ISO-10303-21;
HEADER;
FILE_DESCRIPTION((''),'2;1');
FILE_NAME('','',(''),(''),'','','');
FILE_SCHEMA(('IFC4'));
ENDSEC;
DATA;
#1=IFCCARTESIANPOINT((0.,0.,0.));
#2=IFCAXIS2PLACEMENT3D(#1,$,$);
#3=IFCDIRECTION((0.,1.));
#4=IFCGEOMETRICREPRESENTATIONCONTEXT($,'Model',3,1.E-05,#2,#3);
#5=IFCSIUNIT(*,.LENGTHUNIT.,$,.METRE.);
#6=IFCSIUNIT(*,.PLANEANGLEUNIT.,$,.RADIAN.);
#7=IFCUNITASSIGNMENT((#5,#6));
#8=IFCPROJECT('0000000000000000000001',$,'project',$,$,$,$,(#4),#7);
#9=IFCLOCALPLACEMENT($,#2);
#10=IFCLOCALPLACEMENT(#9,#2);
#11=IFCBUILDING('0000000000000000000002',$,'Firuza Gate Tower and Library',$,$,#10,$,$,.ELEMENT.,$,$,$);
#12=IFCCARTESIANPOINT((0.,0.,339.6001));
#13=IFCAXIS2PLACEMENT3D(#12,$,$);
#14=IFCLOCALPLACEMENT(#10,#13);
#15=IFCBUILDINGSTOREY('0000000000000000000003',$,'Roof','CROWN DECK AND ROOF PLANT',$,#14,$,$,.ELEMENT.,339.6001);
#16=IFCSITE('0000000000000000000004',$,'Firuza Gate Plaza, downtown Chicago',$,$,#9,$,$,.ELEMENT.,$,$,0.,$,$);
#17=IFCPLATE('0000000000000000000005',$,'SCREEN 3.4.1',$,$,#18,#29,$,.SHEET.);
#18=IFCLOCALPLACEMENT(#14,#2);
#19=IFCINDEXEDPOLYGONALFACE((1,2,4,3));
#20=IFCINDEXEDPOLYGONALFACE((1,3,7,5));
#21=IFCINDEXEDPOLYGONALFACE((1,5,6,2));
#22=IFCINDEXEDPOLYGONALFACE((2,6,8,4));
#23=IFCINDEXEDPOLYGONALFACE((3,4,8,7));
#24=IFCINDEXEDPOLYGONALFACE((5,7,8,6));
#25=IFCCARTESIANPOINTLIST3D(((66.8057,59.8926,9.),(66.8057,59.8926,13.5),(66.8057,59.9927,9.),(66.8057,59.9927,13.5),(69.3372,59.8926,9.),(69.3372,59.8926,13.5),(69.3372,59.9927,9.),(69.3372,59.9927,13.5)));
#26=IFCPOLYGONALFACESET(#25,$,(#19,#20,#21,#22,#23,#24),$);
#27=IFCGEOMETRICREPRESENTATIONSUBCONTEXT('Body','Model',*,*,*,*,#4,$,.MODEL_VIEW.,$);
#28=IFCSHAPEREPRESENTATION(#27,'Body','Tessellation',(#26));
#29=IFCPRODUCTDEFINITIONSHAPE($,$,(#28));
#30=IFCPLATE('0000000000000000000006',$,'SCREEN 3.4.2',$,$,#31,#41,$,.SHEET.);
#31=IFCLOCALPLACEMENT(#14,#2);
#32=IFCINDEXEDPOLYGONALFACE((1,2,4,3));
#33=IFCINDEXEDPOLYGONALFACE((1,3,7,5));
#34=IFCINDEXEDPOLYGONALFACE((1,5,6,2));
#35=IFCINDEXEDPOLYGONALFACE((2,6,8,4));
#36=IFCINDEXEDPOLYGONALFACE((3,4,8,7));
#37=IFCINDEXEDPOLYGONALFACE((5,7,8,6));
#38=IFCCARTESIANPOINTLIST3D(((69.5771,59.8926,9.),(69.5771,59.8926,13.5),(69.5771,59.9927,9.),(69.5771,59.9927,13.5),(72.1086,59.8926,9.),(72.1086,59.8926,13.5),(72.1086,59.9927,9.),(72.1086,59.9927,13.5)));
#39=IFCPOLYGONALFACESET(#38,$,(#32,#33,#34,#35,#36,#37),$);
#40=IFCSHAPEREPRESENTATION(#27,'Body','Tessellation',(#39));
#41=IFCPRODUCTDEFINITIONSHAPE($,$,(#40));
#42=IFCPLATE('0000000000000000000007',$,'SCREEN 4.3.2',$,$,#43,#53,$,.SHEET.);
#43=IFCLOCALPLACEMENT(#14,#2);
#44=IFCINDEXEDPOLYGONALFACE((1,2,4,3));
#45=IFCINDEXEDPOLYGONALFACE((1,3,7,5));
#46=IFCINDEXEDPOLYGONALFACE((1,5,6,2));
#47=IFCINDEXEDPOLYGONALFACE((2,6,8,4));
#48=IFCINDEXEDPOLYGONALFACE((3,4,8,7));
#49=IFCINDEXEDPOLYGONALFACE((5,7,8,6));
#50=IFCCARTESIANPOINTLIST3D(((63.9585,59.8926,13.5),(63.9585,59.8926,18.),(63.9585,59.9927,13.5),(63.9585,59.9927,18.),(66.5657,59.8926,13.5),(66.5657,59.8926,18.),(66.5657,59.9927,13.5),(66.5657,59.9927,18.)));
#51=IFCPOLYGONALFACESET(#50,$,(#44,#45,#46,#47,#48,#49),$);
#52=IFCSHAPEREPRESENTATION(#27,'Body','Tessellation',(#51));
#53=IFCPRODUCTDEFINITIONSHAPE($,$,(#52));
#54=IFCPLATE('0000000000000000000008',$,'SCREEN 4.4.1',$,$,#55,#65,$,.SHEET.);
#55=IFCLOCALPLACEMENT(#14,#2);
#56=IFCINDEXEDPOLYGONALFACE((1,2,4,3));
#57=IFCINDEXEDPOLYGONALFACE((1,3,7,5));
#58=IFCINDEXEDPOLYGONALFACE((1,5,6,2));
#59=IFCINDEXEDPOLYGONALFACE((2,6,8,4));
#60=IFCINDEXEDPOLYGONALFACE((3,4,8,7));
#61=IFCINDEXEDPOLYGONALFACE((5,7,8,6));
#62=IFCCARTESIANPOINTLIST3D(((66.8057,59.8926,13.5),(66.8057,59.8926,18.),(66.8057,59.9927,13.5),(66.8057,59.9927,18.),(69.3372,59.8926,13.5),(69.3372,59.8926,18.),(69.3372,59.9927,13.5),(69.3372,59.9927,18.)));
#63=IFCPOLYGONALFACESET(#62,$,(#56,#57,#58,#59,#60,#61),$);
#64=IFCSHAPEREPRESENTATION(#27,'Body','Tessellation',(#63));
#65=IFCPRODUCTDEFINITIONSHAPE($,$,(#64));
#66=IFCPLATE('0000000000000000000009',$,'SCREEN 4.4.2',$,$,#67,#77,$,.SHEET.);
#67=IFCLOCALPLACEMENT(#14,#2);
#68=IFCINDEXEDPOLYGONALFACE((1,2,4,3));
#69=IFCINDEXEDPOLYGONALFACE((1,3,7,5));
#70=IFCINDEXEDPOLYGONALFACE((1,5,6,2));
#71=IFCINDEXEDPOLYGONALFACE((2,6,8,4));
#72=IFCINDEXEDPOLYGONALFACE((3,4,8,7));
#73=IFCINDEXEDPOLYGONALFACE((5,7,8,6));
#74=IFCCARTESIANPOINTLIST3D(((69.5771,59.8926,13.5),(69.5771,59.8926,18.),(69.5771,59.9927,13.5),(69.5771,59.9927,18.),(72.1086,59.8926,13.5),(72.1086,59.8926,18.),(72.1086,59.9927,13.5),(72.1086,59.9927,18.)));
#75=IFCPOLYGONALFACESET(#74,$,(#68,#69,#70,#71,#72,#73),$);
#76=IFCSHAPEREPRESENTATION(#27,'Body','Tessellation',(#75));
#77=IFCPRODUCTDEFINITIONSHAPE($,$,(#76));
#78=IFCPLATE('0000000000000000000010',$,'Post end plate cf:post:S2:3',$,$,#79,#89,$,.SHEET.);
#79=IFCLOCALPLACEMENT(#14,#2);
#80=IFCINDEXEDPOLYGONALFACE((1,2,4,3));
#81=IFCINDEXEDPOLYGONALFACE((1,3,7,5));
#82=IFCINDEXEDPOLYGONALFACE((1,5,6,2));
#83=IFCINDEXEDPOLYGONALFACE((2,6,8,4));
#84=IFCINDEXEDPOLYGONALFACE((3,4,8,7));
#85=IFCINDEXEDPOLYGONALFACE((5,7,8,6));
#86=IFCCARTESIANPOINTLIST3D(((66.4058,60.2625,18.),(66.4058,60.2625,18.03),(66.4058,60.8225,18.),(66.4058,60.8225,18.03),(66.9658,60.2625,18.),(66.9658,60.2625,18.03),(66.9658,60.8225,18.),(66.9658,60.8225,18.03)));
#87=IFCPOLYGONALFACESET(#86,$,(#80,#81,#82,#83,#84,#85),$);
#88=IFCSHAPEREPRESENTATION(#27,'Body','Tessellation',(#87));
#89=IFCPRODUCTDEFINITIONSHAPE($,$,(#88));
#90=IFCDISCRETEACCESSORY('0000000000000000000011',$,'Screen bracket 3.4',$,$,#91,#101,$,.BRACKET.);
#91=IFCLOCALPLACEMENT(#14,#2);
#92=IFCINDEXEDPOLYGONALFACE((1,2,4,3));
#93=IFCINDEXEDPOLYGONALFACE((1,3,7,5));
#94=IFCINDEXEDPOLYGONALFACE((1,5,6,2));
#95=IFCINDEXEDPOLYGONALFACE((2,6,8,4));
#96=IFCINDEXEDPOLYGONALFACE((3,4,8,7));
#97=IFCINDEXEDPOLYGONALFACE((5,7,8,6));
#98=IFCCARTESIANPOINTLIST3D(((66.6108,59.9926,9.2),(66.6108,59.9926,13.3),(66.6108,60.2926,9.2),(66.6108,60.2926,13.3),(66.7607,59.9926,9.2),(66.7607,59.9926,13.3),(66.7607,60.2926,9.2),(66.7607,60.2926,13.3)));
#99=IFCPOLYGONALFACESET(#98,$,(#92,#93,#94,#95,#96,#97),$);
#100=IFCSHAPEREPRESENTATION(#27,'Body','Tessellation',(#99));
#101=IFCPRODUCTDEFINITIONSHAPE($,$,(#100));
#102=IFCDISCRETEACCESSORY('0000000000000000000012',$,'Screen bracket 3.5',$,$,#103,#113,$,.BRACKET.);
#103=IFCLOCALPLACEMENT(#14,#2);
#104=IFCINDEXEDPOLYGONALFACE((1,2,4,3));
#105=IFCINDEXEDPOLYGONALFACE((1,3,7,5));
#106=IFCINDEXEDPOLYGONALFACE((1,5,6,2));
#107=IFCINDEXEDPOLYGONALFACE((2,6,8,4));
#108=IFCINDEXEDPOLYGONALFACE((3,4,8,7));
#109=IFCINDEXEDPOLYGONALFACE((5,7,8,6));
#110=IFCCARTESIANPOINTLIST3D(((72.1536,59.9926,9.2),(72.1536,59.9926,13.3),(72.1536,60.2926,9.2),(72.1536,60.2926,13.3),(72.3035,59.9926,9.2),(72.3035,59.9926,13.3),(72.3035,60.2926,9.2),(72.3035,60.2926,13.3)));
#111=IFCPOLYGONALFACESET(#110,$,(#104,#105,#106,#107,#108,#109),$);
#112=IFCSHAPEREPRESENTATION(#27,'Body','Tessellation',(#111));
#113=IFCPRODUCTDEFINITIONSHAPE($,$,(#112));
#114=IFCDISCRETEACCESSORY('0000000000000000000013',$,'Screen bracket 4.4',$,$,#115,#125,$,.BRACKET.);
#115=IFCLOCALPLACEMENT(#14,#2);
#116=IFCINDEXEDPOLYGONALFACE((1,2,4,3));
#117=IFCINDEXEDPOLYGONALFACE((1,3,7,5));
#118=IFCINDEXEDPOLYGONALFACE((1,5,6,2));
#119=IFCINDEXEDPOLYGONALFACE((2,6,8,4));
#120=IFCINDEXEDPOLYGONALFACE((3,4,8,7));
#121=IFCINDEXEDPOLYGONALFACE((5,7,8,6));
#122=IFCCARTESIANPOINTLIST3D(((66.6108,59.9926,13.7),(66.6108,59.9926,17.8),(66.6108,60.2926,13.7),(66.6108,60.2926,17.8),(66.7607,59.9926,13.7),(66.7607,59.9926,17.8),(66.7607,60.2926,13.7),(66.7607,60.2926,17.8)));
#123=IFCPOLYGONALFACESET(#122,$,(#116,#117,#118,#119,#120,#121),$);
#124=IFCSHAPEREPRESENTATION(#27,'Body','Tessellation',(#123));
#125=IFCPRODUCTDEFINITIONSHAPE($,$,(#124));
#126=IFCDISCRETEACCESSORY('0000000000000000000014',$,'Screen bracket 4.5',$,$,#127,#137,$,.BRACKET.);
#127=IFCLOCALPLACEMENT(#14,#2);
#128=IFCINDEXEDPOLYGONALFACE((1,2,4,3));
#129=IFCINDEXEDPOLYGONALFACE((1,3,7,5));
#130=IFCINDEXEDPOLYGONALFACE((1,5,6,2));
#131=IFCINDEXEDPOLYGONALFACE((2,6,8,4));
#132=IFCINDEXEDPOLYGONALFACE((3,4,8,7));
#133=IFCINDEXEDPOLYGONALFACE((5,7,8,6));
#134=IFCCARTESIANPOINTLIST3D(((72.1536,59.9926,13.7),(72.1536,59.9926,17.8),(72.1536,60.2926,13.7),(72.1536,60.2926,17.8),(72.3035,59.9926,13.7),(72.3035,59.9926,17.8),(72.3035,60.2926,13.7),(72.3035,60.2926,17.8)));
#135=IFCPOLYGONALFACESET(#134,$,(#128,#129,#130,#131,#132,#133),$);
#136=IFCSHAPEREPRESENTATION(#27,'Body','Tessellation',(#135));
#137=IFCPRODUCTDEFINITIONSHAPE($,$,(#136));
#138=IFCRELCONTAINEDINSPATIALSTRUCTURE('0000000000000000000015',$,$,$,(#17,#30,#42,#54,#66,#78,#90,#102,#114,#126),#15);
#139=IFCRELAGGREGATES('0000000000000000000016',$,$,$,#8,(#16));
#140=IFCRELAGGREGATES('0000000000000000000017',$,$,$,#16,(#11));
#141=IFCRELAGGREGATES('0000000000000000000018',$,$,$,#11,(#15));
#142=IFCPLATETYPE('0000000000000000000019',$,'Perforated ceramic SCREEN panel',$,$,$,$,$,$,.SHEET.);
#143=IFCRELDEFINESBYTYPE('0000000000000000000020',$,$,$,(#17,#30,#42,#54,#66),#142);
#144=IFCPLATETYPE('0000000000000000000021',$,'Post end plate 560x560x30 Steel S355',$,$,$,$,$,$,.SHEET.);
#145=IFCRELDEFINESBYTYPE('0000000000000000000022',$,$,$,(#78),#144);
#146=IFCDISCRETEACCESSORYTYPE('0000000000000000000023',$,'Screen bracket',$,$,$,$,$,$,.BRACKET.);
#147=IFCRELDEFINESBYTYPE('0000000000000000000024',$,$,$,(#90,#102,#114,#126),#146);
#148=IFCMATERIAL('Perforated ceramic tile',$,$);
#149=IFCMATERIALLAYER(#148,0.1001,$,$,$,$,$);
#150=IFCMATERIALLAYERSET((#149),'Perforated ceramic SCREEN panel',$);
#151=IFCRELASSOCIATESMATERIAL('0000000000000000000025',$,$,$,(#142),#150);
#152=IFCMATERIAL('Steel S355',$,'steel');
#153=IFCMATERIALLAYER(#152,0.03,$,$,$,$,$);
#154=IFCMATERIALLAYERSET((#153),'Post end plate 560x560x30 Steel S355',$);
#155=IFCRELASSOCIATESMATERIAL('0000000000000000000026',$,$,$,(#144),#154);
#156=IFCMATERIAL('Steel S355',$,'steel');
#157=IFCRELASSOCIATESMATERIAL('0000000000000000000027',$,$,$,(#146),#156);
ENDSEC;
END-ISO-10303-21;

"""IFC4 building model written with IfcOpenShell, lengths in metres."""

from ifc_helpers import new_model, si_unit, direction, frame, origin, origin_2d, place, context, subcontext, project, spatial, polyline, rectangle, outline, extrude, material, layer, layer_set, type_object, element, save


model = new_model("IFC4")

# Units and contexts
model_context = context("Model", 3, precision=1e-05, world=origin(), true_north=direction((0.0, 1.0)))
body_context = subcontext(model_context, "Body", "Model", "MODEL_VIEW")
ifc_project = project(units=[si_unit("LENGTHUNIT", "METRE"), si_unit("PLANEANGLEUNIT", "RADIAN")], contexts=[model_context])

# Site, building, storey
site_placement = place(None, origin())
site = spatial("IfcSite", under=ifc_project, at=site_placement, Name="Firuza Gate Plaza, downtown Chicago", CompositionType="ELEMENT", RefElevation=0.0)
building_placement = place(site_placement, origin())
building = spatial("IfcBuilding", under=site, at=building_placement, Name="Firuza Gate Tower and Library", CompositionType="ELEMENT")
storey_placement = place(building_placement, frame((0.0, 0.0, 339.6001)))
storey = spatial("IfcBuildingStorey", under=building, at=storey_placement, Name="Roof", Description="CROWN DECK AND ROOF PLANT", CompositionType="ELEMENT", Elevation=339.6001)

# Plates
ifc_material_1 = material(Name="Perforated ceramic tile")
ifc_layer_1 = layer(ifc_material_1, 0.1001)
ifc_layer_set_1 = layer_set([ifc_layer_1], Name="Perforated ceramic SCREEN panel")
plate_type_1 = type_object("IfcPlateType", Name="Perforated ceramic SCREEN panel", PredefinedType="SHEET", material=ifc_layer_set_1)
for number, where, z_axis, x_axis, name in (
    (1, (66.8057, 59.8926, 9.0), (0.0, -1.0, 0.0), (1.0, 0.0, 0.0), "SCREEN 3.4.1"),
    (2, (69.5771, 59.8926, 9.0), (0.0, -1.0, 0.0), (1.0, 0.0, 0.0), "SCREEN 3.4.2"),
):
    element("IfcPlate", number, at=place(storey_placement, frame(where, z_axis=z_axis, x_axis=x_axis)), inside=storey, type_object=plate_type_1, Name=name, PredefinedType="SHEET", context=body_context, shape_type="SweptSolid", body=[
        extrude(outline(polyline([(0.0, 0.0), (2.5315, 0.0), (2.5315, 4.5), (0.0, 4.5), (0.0, 0.0)])), origin(), (0.0, 0.0, -1.0), 0.1001),
    ])
plate_1_placement = place(storey_placement, frame((63.9585, 59.8926, 13.5), z_axis=(0.0, -1.0, 0.0), x_axis=(1.0, 0.0, 0.0)))
element("IfcPlate", 3, at=plate_1_placement, inside=storey, type_object=plate_type_1, Name="SCREEN 4.3.2", PredefinedType="SHEET", context=body_context, shape_type="SweptSolid", body=[
    extrude(outline(polyline([(0.0, 0.0), (2.6072, 0.0), (2.6072, 4.5), (0.0, 4.5), (0.0, 0.0)])), origin(), (0.0, 0.0, -1.0), 0.1001),
])
for number, where, z_axis, x_axis, name in (
    (4, (66.8057, 59.8926, 13.5), (0.0, -1.0, 0.0), (1.0, 0.0, 0.0), "SCREEN 4.4.1"),
    (5, (69.5771, 59.8926, 13.5), (0.0, -1.0, 0.0), (1.0, 0.0, 0.0), "SCREEN 4.4.2"),
):
    element("IfcPlate", number, at=place(storey_placement, frame(where, z_axis=z_axis, x_axis=x_axis)), inside=storey, type_object=plate_type_1, Name=name, PredefinedType="SHEET", context=body_context, shape_type="SweptSolid", body=[
        extrude(outline(polyline([(0.0, 0.0), (2.5315, 0.0), (2.5315, 4.5), (0.0, 4.5), (0.0, 0.0)])), origin(), (0.0, 0.0, -1.0), 0.1001),
    ])
ifc_material_2 = material(Name="Steel S355", Category="steel")
ifc_layer_2 = layer(ifc_material_2, 0.03)
ifc_layer_set_2 = layer_set([ifc_layer_2], Name="Post end plate 560x560x30 Steel S355")
plate_type_2 = type_object("IfcPlateType", Name="Post end plate 560x560x30 Steel S355", PredefinedType="SHEET", material=ifc_layer_set_2)
plate_2_placement = place(storey_placement, frame((66.6858, 60.5425, 18.0), z_axis=(0.0, 0.0, 1.0), x_axis=(1.0, 0.0, 0.0)))
element("IfcPlate", 6, at=plate_2_placement, inside=storey, type_object=plate_type_2, Name="Post end plate cf:post:S2:3", PredefinedType="SHEET", context=body_context, shape_type="SweptSolid", body=[
    extrude(rectangle(XDim=0.5601, YDim=0.5601, at=origin_2d()), origin(), (0.0, 0.0, 1.0), 0.03),
])

# Discrete accessories
ifc_material_3 = material(Name="Steel S355", Category="steel")
discrete_accessory_type = type_object("IfcDiscreteAccessoryType", Name="Screen bracket", PredefinedType="BRACKET", material=ifc_material_3)
for number, where, z_axis, x_axis, name in (
    (7, (66.6858, 60.1426, 9.2), (0.0, 0.0, 1.0), (0.0, -1.0, 0.0), "Screen bracket 3.4"),
    (8, (72.2285, 60.1426, 9.2), (0.0, 0.0, 1.0), (0.0, -1.0, 0.0), "Screen bracket 3.5"),
    (9, (66.6858, 60.1426, 13.7), (0.0, 0.0, 1.0), (0.0, -1.0, 0.0), "Screen bracket 4.4"),
    (10, (72.2285, 60.1426, 13.7), (0.0, 0.0, 1.0), (0.0, -1.0, 0.0), "Screen bracket 4.5"),
):
    element("IfcDiscreteAccessory", number, at=place(storey_placement, frame(where, z_axis=z_axis, x_axis=x_axis)), inside=storey, type_object=discrete_accessory_type, Name=name, PredefinedType="BRACKET", context=body_context, shape_type="SweptSolid", body=[
        extrude(rectangle(XDim=0.3, YDim=0.1499, at=origin_2d()), origin(), (0.0, 0.0, 1.0), 4.1001),
    ])

save(model, "model.ifc")
